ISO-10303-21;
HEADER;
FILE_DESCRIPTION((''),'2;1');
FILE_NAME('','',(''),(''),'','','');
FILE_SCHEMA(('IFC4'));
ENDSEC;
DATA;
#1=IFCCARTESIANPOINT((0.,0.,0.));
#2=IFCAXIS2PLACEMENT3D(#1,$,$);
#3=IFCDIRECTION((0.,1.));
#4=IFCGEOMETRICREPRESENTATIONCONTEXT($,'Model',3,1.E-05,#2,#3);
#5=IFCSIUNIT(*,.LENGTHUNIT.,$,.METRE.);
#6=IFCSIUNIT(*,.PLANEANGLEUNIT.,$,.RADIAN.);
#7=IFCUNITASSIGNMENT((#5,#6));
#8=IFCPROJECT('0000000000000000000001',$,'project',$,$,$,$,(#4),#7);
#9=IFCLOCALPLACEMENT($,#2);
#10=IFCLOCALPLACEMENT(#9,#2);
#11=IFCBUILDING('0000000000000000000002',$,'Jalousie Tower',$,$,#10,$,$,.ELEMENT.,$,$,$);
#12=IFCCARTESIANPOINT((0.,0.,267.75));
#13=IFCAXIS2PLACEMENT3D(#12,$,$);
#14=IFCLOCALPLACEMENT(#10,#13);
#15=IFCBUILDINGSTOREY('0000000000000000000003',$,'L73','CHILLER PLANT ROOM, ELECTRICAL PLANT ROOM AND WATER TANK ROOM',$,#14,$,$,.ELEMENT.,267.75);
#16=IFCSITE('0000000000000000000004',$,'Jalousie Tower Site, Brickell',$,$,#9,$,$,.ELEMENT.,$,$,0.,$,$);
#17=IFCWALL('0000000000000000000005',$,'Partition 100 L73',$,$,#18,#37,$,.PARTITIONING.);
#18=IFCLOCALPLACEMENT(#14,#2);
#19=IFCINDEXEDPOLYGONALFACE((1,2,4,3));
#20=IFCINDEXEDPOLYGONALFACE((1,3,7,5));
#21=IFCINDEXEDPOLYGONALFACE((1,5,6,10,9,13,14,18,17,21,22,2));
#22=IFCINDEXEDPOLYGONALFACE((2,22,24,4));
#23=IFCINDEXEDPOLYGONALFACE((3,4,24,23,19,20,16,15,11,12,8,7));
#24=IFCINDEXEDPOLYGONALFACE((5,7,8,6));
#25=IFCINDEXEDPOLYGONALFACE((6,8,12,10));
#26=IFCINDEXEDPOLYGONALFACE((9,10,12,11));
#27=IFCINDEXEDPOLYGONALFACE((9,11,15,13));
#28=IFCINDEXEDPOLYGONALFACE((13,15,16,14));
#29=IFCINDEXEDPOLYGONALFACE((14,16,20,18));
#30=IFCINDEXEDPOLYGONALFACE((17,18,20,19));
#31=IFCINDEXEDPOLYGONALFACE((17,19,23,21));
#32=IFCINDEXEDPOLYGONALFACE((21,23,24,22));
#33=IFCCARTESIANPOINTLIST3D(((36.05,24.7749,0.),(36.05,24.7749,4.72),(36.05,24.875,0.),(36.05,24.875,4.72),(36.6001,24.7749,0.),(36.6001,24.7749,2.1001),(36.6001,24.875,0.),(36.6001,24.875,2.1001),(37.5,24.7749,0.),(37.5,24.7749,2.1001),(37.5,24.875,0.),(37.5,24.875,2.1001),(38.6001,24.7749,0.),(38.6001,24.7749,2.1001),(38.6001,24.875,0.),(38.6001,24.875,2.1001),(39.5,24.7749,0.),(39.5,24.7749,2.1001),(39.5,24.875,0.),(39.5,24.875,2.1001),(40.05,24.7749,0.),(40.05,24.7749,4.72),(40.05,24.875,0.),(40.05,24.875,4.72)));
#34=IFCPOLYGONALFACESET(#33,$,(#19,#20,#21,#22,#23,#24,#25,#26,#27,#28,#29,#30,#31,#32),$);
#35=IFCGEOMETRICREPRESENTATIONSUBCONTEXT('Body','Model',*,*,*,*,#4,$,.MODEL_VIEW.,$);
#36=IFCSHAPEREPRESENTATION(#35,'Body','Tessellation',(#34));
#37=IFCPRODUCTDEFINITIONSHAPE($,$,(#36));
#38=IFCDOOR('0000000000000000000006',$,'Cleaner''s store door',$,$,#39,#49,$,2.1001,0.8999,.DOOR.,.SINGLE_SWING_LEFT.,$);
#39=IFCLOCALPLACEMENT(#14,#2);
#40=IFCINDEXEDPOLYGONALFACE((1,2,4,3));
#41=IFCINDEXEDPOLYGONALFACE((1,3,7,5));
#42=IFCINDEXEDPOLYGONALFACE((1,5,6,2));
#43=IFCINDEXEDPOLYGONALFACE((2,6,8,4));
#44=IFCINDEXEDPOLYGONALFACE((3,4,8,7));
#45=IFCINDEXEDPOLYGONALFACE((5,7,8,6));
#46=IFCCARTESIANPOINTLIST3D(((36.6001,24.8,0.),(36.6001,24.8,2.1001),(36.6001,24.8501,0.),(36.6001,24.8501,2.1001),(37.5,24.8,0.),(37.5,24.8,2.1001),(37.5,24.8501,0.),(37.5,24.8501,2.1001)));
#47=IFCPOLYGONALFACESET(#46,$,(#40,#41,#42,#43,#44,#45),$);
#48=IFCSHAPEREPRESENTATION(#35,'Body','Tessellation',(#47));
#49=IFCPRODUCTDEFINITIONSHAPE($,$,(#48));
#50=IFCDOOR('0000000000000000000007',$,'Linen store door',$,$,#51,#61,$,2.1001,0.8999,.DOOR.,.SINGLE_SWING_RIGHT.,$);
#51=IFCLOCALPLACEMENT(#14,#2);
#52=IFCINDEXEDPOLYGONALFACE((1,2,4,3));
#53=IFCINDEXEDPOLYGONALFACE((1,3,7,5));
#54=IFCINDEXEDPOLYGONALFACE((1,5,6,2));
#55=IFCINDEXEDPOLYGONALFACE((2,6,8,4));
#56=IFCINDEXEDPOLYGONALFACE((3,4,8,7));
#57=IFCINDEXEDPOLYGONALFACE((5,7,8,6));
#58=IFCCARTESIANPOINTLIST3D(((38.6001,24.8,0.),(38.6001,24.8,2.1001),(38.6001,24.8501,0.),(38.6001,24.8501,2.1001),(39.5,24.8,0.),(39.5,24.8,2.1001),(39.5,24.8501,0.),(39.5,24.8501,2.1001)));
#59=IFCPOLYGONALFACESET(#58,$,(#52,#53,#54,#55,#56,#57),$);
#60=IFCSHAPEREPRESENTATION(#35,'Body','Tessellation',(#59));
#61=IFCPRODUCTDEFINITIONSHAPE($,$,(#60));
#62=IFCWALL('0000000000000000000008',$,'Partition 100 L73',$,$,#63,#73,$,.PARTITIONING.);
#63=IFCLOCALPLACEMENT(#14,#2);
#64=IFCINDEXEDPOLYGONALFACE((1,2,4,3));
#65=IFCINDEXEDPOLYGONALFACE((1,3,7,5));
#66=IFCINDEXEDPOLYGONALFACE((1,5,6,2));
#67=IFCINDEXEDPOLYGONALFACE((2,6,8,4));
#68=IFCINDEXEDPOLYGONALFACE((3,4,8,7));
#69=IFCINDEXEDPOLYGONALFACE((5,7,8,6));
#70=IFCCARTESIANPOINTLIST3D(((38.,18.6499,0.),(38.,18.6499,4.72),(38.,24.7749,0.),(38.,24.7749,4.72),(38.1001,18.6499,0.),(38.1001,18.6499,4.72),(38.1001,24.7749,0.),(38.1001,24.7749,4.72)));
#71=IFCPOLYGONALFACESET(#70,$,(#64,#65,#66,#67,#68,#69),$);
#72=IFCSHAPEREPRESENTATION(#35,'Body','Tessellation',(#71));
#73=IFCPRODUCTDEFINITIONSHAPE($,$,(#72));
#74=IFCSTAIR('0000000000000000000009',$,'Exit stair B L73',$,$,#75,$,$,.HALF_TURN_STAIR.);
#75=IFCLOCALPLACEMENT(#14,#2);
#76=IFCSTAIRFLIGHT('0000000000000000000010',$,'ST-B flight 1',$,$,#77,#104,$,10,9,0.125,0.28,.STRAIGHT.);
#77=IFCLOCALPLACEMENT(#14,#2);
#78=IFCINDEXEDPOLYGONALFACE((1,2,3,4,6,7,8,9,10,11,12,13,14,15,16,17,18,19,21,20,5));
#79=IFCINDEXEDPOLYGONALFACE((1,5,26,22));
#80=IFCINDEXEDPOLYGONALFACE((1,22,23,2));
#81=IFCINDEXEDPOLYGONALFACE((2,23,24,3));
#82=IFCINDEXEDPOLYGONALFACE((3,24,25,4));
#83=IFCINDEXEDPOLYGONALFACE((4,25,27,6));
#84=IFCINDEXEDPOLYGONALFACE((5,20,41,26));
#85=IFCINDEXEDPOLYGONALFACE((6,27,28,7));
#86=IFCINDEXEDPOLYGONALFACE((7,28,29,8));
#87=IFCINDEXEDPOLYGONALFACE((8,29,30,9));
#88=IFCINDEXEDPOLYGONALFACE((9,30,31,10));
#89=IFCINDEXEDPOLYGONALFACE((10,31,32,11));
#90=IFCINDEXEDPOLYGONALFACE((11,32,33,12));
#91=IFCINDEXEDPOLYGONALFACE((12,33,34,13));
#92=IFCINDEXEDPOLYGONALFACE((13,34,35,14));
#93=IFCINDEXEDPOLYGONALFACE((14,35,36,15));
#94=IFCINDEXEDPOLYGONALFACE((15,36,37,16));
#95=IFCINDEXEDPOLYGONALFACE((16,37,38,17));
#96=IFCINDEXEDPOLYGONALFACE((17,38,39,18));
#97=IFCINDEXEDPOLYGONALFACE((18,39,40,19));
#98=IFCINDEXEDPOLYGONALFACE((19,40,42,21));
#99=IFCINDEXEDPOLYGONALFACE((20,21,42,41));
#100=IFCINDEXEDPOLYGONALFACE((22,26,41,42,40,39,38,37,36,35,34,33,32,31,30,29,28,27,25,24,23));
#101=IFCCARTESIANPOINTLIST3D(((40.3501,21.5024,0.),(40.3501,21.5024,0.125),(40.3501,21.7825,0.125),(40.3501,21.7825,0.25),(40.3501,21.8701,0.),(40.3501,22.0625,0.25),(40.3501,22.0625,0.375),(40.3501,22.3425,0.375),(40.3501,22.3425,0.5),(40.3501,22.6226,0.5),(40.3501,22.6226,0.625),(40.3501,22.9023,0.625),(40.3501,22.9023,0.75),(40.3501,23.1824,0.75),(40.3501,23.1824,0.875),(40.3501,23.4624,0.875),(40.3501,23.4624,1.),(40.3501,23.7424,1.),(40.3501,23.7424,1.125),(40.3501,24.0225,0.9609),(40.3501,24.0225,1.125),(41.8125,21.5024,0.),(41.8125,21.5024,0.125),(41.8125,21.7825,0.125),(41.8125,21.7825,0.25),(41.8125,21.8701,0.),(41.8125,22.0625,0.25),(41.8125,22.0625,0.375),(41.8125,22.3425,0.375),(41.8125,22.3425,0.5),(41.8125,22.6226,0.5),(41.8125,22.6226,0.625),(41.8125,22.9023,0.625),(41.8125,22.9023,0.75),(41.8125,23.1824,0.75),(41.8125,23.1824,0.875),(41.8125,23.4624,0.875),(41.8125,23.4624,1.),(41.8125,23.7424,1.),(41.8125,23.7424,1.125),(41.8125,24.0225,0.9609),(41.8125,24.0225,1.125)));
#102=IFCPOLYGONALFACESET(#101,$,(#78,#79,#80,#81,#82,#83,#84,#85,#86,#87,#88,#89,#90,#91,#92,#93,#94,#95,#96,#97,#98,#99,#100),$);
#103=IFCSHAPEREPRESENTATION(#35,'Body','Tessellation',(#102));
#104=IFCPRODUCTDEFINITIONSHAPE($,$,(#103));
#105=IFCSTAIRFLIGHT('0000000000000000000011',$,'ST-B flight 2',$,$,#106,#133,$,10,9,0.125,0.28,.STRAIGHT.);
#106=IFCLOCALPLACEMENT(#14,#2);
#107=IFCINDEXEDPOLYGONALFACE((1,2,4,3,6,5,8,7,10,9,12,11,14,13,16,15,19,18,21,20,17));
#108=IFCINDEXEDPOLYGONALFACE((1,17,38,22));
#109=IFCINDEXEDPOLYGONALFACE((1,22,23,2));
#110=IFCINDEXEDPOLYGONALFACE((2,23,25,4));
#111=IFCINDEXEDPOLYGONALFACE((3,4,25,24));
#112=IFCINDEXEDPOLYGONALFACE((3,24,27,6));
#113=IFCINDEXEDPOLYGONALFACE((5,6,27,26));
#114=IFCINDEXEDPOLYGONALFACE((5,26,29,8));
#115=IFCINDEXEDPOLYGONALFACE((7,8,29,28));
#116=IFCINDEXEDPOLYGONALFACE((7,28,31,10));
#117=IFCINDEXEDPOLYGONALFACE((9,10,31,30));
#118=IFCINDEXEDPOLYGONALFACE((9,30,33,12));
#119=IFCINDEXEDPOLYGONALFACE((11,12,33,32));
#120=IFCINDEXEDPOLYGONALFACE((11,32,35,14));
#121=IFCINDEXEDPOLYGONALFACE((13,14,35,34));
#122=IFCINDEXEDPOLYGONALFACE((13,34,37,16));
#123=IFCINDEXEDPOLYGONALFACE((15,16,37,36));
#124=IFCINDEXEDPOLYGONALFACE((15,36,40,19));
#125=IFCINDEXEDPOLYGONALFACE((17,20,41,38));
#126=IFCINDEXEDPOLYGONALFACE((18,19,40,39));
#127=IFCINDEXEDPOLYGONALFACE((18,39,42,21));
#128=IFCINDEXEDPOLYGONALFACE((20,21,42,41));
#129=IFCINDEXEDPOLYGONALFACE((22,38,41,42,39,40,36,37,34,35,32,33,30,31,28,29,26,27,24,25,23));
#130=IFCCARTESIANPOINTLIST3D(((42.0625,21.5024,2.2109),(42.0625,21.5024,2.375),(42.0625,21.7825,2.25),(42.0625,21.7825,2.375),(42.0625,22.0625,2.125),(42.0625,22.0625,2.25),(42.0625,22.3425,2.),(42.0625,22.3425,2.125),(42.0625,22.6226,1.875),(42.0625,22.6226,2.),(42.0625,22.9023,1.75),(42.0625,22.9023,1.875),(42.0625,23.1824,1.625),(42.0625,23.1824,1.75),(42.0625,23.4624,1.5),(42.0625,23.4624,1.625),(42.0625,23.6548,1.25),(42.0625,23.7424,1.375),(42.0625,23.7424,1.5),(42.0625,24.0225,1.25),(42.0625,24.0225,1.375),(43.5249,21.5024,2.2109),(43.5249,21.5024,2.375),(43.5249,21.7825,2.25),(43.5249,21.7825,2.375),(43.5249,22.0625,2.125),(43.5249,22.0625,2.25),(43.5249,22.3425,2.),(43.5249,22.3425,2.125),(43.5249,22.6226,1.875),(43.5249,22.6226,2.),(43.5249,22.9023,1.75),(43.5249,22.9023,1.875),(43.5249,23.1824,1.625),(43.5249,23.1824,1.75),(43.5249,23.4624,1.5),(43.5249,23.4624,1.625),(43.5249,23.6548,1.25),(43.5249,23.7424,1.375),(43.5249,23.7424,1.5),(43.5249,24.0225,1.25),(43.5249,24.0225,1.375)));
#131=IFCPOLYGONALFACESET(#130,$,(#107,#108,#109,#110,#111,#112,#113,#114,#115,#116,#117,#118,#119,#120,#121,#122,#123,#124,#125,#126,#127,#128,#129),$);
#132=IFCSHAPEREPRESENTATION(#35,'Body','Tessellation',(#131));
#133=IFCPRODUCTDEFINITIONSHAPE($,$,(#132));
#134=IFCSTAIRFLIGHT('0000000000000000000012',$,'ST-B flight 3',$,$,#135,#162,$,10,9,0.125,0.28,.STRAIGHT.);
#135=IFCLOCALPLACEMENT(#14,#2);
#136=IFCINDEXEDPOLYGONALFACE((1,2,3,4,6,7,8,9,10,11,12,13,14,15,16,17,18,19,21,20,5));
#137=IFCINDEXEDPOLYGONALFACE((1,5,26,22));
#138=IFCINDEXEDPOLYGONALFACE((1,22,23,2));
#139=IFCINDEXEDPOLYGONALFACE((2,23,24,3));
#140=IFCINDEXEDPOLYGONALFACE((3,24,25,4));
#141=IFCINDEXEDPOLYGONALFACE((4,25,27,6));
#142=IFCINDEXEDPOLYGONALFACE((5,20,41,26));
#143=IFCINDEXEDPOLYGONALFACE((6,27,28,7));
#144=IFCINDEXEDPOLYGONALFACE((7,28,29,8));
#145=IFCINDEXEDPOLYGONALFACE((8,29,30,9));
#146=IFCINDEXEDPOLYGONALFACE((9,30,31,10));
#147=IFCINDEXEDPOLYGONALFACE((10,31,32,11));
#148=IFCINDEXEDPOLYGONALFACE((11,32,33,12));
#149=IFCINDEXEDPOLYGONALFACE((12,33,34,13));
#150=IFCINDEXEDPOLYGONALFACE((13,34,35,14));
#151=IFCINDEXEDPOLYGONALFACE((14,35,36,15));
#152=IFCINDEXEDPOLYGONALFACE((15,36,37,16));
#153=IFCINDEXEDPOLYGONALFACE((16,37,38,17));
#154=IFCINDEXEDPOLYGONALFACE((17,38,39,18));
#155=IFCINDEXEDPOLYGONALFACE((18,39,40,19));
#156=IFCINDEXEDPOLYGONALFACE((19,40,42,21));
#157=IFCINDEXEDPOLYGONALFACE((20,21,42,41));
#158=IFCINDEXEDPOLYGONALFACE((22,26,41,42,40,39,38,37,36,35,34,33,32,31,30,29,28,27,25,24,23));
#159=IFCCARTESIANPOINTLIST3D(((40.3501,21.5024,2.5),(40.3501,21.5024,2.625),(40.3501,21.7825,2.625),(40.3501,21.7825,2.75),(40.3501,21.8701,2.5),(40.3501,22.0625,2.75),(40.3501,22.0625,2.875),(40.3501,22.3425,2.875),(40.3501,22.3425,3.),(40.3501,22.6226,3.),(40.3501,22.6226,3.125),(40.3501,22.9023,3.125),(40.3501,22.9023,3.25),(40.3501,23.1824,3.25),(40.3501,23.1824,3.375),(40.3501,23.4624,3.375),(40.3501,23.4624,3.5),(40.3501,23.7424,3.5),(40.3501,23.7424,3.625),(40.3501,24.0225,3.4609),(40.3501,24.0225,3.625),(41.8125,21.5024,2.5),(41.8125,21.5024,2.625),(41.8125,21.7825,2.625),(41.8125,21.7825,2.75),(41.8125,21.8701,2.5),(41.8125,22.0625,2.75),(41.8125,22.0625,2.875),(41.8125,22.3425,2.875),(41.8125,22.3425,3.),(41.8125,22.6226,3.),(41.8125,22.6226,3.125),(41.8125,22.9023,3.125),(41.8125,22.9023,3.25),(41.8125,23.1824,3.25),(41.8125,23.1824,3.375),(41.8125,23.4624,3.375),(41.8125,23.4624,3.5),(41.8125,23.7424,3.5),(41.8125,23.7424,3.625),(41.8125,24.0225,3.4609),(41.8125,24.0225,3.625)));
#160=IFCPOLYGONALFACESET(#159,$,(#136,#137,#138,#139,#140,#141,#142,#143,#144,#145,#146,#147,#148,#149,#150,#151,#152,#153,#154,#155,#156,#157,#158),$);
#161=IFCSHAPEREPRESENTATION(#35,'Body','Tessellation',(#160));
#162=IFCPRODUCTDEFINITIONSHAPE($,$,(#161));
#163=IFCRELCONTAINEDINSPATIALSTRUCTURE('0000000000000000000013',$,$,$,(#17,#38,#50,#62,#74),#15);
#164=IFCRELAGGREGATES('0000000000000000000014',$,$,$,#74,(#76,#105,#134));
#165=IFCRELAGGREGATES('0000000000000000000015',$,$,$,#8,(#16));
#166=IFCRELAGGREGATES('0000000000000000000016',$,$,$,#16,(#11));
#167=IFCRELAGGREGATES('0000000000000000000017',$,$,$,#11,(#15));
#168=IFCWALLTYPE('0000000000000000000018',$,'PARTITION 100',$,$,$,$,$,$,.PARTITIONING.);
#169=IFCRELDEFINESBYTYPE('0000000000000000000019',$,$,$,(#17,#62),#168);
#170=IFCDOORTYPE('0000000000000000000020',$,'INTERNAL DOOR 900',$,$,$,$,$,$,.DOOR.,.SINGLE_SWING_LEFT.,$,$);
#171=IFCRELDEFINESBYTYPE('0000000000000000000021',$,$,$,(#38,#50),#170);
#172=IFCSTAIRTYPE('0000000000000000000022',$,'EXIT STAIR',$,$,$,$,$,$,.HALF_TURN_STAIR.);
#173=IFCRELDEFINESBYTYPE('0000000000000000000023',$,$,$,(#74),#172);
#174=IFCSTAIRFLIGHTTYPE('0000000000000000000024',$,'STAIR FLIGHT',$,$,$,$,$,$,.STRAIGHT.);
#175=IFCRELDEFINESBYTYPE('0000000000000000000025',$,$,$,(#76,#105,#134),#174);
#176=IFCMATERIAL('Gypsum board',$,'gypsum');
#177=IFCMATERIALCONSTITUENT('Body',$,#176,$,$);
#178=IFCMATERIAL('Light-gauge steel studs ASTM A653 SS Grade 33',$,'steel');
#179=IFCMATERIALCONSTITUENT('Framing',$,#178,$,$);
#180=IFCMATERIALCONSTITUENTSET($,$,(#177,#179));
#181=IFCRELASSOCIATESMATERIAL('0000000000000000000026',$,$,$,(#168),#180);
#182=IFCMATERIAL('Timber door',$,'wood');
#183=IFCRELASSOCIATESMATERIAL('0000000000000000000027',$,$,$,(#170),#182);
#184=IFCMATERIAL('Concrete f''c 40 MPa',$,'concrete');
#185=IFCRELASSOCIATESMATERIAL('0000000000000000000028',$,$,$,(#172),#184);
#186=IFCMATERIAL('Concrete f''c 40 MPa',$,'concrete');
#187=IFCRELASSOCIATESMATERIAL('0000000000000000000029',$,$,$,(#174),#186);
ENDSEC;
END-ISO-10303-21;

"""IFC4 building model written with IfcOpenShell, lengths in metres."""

from ifc_helpers import new_model, si_unit, direction, frame, frame_2d, origin, place, context, subcontext, project, spatial, polyline, rectangle, outline, extrude, material, constituent, constituent_set, type_object, element, fill, aggregate, save


model = new_model("IFC4")

# Units and contexts
model_context = context("Model", 3, precision=1e-05, world=origin(), true_north=direction((0.0, 1.0)))
body_context = subcontext(model_context, "Body", "Model", "MODEL_VIEW")
ifc_project = project(units=[si_unit("LENGTHUNIT", "METRE"), si_unit("PLANEANGLEUNIT", "RADIAN")], contexts=[model_context])

# Site, building, storey
site_placement = place(None, origin())
site = spatial("IfcSite", under=ifc_project, at=site_placement, Name="Jalousie Tower Site, Brickell", CompositionType="ELEMENT", RefElevation=0.0)
building_placement = place(site_placement, origin())
building = spatial("IfcBuilding", under=site, at=building_placement, Name="Jalousie Tower", CompositionType="ELEMENT")
storey_placement = place(building_placement, frame((0.0, 0.0, 267.75)))
storey = spatial("IfcBuildingStorey", under=building, at=storey_placement, Name="L73", Description="CHILLER PLANT ROOM, ELECTRICAL PLANT ROOM AND WATER TANK ROOM", CompositionType="ELEMENT", Elevation=267.75)

# Wall, openings, doors
ifc_material_1 = material(Name="Gypsum board", Category="gypsum")
ifc_constituent_1 = constituent(ifc_material_1, Name="Body")
ifc_material_2 = material(Name="Light-gauge steel studs ASTM A653 SS Grade 33", Category="steel")
ifc_constituent_2 = constituent(ifc_material_2, Name="Framing")
ifc_constituent_set_1 = constituent_set(constituents=[ifc_constituent_1, ifc_constituent_2])
wall_type_1 = type_object("IfcWallType", Name="PARTITION 100", PredefinedType="PARTITIONING", material=ifc_constituent_set_1)
wall_1_placement = place(storey_placement, frame((36.05, 24.825, 0.0), z_axis=(0.0, 0.0, 1.0), x_axis=(1.0, 0.0, 0.0)))
wall_1 = element("IfcWall", 1, at=wall_1_placement, inside=storey, type_object=wall_type_1, Name="Partition 100 L73", PredefinedType="PARTITIONING", context=body_context, shape_type="SweptSolid", body=[
    extrude(rectangle(XDim=4.0, YDim=0.1001, at=frame_2d((2.0, 0.0))), origin(), (0.0, 0.0, 1.0), 4.72),
])
opening_1_placement = place(wall_1_placement, frame((0.55, 0.0, 0.0)))
opening_1 = element("IfcOpeningElement", 2, at=opening_1_placement, cuts=wall_1, PredefinedType="OPENING", context=body_context, shape_type="SweptSolid", body=[
    extrude(rectangle(XDim=0.8999, YDim=2.1001, at=frame_2d((0.45, 1.05))), frame((0.0, 0.0601, 0.0), z_axis=(0.0, -1.0, 0.0), x_axis=(1.0, 0.0, 0.0)), (0.0, 0.0, 1.0), 0.1201),
])
opening_2_placement = place(wall_1_placement, frame((2.55, 0.0, 0.0)))
opening_2 = element("IfcOpeningElement", 3, at=opening_2_placement, cuts=wall_1, PredefinedType="OPENING", context=body_context, shape_type="SweptSolid", body=[
    extrude(rectangle(XDim=0.8999, YDim=2.1001, at=frame_2d((0.45, 1.05))), frame((0.0, 0.0601, 0.0), z_axis=(0.0, -1.0, 0.0), x_axis=(1.0, 0.0, 0.0)), (0.0, 0.0, 1.0), 0.1201),
])
ifc_material_3 = material(Name="Timber door", Category="wood")
door_type_1 = type_object("IfcDoorType", Name="INTERNAL DOOR 900", OperationType="SINGLE_SWING_LEFT", PredefinedType="DOOR", material=ifc_material_3)
door_1_placement = place(opening_1_placement, frame((0.8999, 0.0, 0.0), z_axis=(0.0, 0.0, 1.0), x_axis=(-1.0, 0.0, 0.0)))
door_1 = element("IfcDoor", 4, at=door_1_placement, inside=storey, type_object=door_type_1, Name="Cleaner's store door", OperationType="SINGLE_SWING_LEFT", OverallHeight=2.1001, OverallWidth=0.8999, PredefinedType="DOOR", context=body_context, shape_type="SweptSolid", body=[
    extrude(rectangle(XDim=0.8999, YDim=2.1001, at=frame_2d((0.45, 1.05))), frame((0.0, 0.0249, 0.0), z_axis=(0.0, -1.0, 0.0), x_axis=(1.0, 0.0, 0.0)), (0.0, 0.0, 1.0), 0.05),
])
fill(opening_1, door_1)
door_2_placement = place(opening_2_placement, frame((0.8999, 0.0, 0.0), z_axis=(0.0, 0.0, 1.0), x_axis=(-1.0, 0.0, 0.0)))
door_2 = element("IfcDoor", 5, at=door_2_placement, inside=storey, type_object=door_type_1, Name="Linen store door", OperationType="SINGLE_SWING_RIGHT", OverallHeight=2.1001, OverallWidth=0.8999, PredefinedType="DOOR", context=body_context, shape_type="SweptSolid", body=[
    extrude(rectangle(XDim=0.8999, YDim=2.1001, at=frame_2d((0.45, 1.05))), frame((0.0, 0.0249, 0.0), z_axis=(0.0, -1.0, 0.0), x_axis=(1.0, 0.0, 0.0)), (0.0, 0.0, 1.0), 0.05),
])
fill(opening_2, door_2)

# Wall
wall_2_placement = place(storey_placement, frame((38.05, 18.6499, 0.0), z_axis=(0.0, 0.0, 1.0), x_axis=(0.0, 1.0, 0.0)))
element("IfcWall", 6, at=wall_2_placement, inside=storey, type_object=wall_type_1, Name="Partition 100 L73", PredefinedType="PARTITIONING", context=body_context, shape_type="SweptSolid", body=[
    extrude(rectangle(XDim=6.125, YDim=0.1001, at=frame_2d((3.0625, 0.0))), origin(), (0.0, 0.0, 1.0), 4.72),
])

# Stair, stair flights
ifc_material_4 = material(Name="Concrete f'c 40 MPa", Category="concrete")
stair_type = type_object("IfcStairType", Name="EXIT STAIR", PredefinedType="HALF_TURN_STAIR", material=ifc_material_4)
stair_placement = place(storey_placement, origin())
stair = element("IfcStair", 7, at=stair_placement, inside=storey, type_object=stair_type, Name="Exit stair B L73", PredefinedType="HALF_TURN_STAIR")
ifc_material_5 = material(Name="Concrete f'c 40 MPa", Category="concrete")
stair_flight_type = type_object("IfcStairFlightType", Name="STAIR FLIGHT", PredefinedType="STRAIGHT", material=ifc_material_5)
stair_flight_1_placement = place(storey_placement, frame((41.0813, 21.5024, 0.0), z_axis=(0.0, 0.0, 1.0), x_axis=(0.0, 1.0, 0.0)))
stair_flight_1 = element("IfcStairFlight", 8, at=stair_flight_1_placement, type_object=stair_flight_type, Name="ST-B flight 1", NumberOfRisers=10, NumberOfTreads=9, PredefinedType="STRAIGHT", RiserHeight=0.125, TreadLength=0.28, context=body_context, shape_type="SweptSolid", body=[
    extrude(outline(polyline([(0.0, 0.0), (0.0, 0.125), (0.28, 0.125), (0.28, 0.25), (0.5601, 0.25), (0.5601, 0.375), (0.8401, 0.375), (0.8401, 0.5), (1.1201, 0.5), (1.1201, 0.625), (1.3999, 0.625), (1.3999, 0.75), (1.6799, 0.75), (1.6799, 0.875), (1.96, 0.875), (1.96, 1.0), (2.24, 1.0), (2.24, 1.125), (2.52, 1.125), (2.52, 1.25), (2.52, 0.9609), (0.3677, 0.0), (0.0, 0.0)])), frame((0.0, 0.7312, 0.0), z_axis=(0.0, -1.0, 0.0), x_axis=(1.0, 0.0, 0.0)), (0.0, 0.0, 1.0), 1.4624),
])
stair_flight_2_placement = place(storey_placement, frame((42.7937, 24.0225, 1.25), z_axis=(0.0, 0.0, 1.0), x_axis=(0.0, -1.0, 0.0)))
stair_flight_2 = element("IfcStairFlight", 9, at=stair_flight_2_placement, type_object=stair_flight_type, Name="ST-B flight 2", NumberOfRisers=10, NumberOfTreads=9, PredefinedType="STRAIGHT", RiserHeight=0.125, TreadLength=0.28, context=body_context, shape_type="SweptSolid", body=[
    extrude(outline(polyline([(0.0, 0.0), (0.0, 0.125), (0.28, 0.125), (0.28, 0.25), (0.5601, 0.25), (0.5601, 0.375), (0.8401, 0.375), (0.8401, 0.5), (1.1201, 0.5), (1.1201, 0.625), (1.3999, 0.625), (1.3999, 0.75), (1.6799, 0.75), (1.6799, 0.875), (1.96, 0.875), (1.96, 1.0), (2.24, 1.0), (2.24, 1.125), (2.52, 1.125), (2.52, 1.25), (2.52, 0.9609), (0.3677, 0.0), (0.0, 0.0)])), frame((0.0, 0.7312, 0.0), z_axis=(0.0, -1.0, 0.0), x_axis=(1.0, 0.0, 0.0)), (0.0, 0.0, 1.0), 1.4624),
])
stair_flight_3_placement = place(storey_placement, frame((41.0813, 21.5024, 2.5), z_axis=(0.0, 0.0, 1.0), x_axis=(0.0, 1.0, 0.0)))
stair_flight_3 = element("IfcStairFlight", 10, at=stair_flight_3_placement, type_object=stair_flight_type, Name="ST-B flight 3", NumberOfRisers=10, NumberOfTreads=9, PredefinedType="STRAIGHT", RiserHeight=0.125, TreadLength=0.28, context=body_context, shape_type="SweptSolid", body=[
    extrude(outline(polyline([(0.0, 0.0), (0.0, 0.125), (0.28, 0.125), (0.28, 0.25), (0.5601, 0.25), (0.5601, 0.375), (0.8401, 0.375), (0.8401, 0.5), (1.1201, 0.5), (1.1201, 0.625), (1.3999, 0.625), (1.3999, 0.75), (1.6799, 0.75), (1.6799, 0.875), (1.96, 0.875), (1.96, 1.0), (2.24, 1.0), (2.24, 1.125), (2.52, 1.125), (2.52, 1.25), (2.52, 0.9609), (0.3677, 0.0), (0.0, 0.0)])), frame((0.0, 0.7312, 0.0), z_axis=(0.0, -1.0, 0.0), x_axis=(1.0, 0.0, 0.0)), (0.0, 0.0, 1.0), 1.4624),
])
aggregate(stair, [stair_flight_1, stair_flight_2, stair_flight_3])

save(model, "model.ifc")
